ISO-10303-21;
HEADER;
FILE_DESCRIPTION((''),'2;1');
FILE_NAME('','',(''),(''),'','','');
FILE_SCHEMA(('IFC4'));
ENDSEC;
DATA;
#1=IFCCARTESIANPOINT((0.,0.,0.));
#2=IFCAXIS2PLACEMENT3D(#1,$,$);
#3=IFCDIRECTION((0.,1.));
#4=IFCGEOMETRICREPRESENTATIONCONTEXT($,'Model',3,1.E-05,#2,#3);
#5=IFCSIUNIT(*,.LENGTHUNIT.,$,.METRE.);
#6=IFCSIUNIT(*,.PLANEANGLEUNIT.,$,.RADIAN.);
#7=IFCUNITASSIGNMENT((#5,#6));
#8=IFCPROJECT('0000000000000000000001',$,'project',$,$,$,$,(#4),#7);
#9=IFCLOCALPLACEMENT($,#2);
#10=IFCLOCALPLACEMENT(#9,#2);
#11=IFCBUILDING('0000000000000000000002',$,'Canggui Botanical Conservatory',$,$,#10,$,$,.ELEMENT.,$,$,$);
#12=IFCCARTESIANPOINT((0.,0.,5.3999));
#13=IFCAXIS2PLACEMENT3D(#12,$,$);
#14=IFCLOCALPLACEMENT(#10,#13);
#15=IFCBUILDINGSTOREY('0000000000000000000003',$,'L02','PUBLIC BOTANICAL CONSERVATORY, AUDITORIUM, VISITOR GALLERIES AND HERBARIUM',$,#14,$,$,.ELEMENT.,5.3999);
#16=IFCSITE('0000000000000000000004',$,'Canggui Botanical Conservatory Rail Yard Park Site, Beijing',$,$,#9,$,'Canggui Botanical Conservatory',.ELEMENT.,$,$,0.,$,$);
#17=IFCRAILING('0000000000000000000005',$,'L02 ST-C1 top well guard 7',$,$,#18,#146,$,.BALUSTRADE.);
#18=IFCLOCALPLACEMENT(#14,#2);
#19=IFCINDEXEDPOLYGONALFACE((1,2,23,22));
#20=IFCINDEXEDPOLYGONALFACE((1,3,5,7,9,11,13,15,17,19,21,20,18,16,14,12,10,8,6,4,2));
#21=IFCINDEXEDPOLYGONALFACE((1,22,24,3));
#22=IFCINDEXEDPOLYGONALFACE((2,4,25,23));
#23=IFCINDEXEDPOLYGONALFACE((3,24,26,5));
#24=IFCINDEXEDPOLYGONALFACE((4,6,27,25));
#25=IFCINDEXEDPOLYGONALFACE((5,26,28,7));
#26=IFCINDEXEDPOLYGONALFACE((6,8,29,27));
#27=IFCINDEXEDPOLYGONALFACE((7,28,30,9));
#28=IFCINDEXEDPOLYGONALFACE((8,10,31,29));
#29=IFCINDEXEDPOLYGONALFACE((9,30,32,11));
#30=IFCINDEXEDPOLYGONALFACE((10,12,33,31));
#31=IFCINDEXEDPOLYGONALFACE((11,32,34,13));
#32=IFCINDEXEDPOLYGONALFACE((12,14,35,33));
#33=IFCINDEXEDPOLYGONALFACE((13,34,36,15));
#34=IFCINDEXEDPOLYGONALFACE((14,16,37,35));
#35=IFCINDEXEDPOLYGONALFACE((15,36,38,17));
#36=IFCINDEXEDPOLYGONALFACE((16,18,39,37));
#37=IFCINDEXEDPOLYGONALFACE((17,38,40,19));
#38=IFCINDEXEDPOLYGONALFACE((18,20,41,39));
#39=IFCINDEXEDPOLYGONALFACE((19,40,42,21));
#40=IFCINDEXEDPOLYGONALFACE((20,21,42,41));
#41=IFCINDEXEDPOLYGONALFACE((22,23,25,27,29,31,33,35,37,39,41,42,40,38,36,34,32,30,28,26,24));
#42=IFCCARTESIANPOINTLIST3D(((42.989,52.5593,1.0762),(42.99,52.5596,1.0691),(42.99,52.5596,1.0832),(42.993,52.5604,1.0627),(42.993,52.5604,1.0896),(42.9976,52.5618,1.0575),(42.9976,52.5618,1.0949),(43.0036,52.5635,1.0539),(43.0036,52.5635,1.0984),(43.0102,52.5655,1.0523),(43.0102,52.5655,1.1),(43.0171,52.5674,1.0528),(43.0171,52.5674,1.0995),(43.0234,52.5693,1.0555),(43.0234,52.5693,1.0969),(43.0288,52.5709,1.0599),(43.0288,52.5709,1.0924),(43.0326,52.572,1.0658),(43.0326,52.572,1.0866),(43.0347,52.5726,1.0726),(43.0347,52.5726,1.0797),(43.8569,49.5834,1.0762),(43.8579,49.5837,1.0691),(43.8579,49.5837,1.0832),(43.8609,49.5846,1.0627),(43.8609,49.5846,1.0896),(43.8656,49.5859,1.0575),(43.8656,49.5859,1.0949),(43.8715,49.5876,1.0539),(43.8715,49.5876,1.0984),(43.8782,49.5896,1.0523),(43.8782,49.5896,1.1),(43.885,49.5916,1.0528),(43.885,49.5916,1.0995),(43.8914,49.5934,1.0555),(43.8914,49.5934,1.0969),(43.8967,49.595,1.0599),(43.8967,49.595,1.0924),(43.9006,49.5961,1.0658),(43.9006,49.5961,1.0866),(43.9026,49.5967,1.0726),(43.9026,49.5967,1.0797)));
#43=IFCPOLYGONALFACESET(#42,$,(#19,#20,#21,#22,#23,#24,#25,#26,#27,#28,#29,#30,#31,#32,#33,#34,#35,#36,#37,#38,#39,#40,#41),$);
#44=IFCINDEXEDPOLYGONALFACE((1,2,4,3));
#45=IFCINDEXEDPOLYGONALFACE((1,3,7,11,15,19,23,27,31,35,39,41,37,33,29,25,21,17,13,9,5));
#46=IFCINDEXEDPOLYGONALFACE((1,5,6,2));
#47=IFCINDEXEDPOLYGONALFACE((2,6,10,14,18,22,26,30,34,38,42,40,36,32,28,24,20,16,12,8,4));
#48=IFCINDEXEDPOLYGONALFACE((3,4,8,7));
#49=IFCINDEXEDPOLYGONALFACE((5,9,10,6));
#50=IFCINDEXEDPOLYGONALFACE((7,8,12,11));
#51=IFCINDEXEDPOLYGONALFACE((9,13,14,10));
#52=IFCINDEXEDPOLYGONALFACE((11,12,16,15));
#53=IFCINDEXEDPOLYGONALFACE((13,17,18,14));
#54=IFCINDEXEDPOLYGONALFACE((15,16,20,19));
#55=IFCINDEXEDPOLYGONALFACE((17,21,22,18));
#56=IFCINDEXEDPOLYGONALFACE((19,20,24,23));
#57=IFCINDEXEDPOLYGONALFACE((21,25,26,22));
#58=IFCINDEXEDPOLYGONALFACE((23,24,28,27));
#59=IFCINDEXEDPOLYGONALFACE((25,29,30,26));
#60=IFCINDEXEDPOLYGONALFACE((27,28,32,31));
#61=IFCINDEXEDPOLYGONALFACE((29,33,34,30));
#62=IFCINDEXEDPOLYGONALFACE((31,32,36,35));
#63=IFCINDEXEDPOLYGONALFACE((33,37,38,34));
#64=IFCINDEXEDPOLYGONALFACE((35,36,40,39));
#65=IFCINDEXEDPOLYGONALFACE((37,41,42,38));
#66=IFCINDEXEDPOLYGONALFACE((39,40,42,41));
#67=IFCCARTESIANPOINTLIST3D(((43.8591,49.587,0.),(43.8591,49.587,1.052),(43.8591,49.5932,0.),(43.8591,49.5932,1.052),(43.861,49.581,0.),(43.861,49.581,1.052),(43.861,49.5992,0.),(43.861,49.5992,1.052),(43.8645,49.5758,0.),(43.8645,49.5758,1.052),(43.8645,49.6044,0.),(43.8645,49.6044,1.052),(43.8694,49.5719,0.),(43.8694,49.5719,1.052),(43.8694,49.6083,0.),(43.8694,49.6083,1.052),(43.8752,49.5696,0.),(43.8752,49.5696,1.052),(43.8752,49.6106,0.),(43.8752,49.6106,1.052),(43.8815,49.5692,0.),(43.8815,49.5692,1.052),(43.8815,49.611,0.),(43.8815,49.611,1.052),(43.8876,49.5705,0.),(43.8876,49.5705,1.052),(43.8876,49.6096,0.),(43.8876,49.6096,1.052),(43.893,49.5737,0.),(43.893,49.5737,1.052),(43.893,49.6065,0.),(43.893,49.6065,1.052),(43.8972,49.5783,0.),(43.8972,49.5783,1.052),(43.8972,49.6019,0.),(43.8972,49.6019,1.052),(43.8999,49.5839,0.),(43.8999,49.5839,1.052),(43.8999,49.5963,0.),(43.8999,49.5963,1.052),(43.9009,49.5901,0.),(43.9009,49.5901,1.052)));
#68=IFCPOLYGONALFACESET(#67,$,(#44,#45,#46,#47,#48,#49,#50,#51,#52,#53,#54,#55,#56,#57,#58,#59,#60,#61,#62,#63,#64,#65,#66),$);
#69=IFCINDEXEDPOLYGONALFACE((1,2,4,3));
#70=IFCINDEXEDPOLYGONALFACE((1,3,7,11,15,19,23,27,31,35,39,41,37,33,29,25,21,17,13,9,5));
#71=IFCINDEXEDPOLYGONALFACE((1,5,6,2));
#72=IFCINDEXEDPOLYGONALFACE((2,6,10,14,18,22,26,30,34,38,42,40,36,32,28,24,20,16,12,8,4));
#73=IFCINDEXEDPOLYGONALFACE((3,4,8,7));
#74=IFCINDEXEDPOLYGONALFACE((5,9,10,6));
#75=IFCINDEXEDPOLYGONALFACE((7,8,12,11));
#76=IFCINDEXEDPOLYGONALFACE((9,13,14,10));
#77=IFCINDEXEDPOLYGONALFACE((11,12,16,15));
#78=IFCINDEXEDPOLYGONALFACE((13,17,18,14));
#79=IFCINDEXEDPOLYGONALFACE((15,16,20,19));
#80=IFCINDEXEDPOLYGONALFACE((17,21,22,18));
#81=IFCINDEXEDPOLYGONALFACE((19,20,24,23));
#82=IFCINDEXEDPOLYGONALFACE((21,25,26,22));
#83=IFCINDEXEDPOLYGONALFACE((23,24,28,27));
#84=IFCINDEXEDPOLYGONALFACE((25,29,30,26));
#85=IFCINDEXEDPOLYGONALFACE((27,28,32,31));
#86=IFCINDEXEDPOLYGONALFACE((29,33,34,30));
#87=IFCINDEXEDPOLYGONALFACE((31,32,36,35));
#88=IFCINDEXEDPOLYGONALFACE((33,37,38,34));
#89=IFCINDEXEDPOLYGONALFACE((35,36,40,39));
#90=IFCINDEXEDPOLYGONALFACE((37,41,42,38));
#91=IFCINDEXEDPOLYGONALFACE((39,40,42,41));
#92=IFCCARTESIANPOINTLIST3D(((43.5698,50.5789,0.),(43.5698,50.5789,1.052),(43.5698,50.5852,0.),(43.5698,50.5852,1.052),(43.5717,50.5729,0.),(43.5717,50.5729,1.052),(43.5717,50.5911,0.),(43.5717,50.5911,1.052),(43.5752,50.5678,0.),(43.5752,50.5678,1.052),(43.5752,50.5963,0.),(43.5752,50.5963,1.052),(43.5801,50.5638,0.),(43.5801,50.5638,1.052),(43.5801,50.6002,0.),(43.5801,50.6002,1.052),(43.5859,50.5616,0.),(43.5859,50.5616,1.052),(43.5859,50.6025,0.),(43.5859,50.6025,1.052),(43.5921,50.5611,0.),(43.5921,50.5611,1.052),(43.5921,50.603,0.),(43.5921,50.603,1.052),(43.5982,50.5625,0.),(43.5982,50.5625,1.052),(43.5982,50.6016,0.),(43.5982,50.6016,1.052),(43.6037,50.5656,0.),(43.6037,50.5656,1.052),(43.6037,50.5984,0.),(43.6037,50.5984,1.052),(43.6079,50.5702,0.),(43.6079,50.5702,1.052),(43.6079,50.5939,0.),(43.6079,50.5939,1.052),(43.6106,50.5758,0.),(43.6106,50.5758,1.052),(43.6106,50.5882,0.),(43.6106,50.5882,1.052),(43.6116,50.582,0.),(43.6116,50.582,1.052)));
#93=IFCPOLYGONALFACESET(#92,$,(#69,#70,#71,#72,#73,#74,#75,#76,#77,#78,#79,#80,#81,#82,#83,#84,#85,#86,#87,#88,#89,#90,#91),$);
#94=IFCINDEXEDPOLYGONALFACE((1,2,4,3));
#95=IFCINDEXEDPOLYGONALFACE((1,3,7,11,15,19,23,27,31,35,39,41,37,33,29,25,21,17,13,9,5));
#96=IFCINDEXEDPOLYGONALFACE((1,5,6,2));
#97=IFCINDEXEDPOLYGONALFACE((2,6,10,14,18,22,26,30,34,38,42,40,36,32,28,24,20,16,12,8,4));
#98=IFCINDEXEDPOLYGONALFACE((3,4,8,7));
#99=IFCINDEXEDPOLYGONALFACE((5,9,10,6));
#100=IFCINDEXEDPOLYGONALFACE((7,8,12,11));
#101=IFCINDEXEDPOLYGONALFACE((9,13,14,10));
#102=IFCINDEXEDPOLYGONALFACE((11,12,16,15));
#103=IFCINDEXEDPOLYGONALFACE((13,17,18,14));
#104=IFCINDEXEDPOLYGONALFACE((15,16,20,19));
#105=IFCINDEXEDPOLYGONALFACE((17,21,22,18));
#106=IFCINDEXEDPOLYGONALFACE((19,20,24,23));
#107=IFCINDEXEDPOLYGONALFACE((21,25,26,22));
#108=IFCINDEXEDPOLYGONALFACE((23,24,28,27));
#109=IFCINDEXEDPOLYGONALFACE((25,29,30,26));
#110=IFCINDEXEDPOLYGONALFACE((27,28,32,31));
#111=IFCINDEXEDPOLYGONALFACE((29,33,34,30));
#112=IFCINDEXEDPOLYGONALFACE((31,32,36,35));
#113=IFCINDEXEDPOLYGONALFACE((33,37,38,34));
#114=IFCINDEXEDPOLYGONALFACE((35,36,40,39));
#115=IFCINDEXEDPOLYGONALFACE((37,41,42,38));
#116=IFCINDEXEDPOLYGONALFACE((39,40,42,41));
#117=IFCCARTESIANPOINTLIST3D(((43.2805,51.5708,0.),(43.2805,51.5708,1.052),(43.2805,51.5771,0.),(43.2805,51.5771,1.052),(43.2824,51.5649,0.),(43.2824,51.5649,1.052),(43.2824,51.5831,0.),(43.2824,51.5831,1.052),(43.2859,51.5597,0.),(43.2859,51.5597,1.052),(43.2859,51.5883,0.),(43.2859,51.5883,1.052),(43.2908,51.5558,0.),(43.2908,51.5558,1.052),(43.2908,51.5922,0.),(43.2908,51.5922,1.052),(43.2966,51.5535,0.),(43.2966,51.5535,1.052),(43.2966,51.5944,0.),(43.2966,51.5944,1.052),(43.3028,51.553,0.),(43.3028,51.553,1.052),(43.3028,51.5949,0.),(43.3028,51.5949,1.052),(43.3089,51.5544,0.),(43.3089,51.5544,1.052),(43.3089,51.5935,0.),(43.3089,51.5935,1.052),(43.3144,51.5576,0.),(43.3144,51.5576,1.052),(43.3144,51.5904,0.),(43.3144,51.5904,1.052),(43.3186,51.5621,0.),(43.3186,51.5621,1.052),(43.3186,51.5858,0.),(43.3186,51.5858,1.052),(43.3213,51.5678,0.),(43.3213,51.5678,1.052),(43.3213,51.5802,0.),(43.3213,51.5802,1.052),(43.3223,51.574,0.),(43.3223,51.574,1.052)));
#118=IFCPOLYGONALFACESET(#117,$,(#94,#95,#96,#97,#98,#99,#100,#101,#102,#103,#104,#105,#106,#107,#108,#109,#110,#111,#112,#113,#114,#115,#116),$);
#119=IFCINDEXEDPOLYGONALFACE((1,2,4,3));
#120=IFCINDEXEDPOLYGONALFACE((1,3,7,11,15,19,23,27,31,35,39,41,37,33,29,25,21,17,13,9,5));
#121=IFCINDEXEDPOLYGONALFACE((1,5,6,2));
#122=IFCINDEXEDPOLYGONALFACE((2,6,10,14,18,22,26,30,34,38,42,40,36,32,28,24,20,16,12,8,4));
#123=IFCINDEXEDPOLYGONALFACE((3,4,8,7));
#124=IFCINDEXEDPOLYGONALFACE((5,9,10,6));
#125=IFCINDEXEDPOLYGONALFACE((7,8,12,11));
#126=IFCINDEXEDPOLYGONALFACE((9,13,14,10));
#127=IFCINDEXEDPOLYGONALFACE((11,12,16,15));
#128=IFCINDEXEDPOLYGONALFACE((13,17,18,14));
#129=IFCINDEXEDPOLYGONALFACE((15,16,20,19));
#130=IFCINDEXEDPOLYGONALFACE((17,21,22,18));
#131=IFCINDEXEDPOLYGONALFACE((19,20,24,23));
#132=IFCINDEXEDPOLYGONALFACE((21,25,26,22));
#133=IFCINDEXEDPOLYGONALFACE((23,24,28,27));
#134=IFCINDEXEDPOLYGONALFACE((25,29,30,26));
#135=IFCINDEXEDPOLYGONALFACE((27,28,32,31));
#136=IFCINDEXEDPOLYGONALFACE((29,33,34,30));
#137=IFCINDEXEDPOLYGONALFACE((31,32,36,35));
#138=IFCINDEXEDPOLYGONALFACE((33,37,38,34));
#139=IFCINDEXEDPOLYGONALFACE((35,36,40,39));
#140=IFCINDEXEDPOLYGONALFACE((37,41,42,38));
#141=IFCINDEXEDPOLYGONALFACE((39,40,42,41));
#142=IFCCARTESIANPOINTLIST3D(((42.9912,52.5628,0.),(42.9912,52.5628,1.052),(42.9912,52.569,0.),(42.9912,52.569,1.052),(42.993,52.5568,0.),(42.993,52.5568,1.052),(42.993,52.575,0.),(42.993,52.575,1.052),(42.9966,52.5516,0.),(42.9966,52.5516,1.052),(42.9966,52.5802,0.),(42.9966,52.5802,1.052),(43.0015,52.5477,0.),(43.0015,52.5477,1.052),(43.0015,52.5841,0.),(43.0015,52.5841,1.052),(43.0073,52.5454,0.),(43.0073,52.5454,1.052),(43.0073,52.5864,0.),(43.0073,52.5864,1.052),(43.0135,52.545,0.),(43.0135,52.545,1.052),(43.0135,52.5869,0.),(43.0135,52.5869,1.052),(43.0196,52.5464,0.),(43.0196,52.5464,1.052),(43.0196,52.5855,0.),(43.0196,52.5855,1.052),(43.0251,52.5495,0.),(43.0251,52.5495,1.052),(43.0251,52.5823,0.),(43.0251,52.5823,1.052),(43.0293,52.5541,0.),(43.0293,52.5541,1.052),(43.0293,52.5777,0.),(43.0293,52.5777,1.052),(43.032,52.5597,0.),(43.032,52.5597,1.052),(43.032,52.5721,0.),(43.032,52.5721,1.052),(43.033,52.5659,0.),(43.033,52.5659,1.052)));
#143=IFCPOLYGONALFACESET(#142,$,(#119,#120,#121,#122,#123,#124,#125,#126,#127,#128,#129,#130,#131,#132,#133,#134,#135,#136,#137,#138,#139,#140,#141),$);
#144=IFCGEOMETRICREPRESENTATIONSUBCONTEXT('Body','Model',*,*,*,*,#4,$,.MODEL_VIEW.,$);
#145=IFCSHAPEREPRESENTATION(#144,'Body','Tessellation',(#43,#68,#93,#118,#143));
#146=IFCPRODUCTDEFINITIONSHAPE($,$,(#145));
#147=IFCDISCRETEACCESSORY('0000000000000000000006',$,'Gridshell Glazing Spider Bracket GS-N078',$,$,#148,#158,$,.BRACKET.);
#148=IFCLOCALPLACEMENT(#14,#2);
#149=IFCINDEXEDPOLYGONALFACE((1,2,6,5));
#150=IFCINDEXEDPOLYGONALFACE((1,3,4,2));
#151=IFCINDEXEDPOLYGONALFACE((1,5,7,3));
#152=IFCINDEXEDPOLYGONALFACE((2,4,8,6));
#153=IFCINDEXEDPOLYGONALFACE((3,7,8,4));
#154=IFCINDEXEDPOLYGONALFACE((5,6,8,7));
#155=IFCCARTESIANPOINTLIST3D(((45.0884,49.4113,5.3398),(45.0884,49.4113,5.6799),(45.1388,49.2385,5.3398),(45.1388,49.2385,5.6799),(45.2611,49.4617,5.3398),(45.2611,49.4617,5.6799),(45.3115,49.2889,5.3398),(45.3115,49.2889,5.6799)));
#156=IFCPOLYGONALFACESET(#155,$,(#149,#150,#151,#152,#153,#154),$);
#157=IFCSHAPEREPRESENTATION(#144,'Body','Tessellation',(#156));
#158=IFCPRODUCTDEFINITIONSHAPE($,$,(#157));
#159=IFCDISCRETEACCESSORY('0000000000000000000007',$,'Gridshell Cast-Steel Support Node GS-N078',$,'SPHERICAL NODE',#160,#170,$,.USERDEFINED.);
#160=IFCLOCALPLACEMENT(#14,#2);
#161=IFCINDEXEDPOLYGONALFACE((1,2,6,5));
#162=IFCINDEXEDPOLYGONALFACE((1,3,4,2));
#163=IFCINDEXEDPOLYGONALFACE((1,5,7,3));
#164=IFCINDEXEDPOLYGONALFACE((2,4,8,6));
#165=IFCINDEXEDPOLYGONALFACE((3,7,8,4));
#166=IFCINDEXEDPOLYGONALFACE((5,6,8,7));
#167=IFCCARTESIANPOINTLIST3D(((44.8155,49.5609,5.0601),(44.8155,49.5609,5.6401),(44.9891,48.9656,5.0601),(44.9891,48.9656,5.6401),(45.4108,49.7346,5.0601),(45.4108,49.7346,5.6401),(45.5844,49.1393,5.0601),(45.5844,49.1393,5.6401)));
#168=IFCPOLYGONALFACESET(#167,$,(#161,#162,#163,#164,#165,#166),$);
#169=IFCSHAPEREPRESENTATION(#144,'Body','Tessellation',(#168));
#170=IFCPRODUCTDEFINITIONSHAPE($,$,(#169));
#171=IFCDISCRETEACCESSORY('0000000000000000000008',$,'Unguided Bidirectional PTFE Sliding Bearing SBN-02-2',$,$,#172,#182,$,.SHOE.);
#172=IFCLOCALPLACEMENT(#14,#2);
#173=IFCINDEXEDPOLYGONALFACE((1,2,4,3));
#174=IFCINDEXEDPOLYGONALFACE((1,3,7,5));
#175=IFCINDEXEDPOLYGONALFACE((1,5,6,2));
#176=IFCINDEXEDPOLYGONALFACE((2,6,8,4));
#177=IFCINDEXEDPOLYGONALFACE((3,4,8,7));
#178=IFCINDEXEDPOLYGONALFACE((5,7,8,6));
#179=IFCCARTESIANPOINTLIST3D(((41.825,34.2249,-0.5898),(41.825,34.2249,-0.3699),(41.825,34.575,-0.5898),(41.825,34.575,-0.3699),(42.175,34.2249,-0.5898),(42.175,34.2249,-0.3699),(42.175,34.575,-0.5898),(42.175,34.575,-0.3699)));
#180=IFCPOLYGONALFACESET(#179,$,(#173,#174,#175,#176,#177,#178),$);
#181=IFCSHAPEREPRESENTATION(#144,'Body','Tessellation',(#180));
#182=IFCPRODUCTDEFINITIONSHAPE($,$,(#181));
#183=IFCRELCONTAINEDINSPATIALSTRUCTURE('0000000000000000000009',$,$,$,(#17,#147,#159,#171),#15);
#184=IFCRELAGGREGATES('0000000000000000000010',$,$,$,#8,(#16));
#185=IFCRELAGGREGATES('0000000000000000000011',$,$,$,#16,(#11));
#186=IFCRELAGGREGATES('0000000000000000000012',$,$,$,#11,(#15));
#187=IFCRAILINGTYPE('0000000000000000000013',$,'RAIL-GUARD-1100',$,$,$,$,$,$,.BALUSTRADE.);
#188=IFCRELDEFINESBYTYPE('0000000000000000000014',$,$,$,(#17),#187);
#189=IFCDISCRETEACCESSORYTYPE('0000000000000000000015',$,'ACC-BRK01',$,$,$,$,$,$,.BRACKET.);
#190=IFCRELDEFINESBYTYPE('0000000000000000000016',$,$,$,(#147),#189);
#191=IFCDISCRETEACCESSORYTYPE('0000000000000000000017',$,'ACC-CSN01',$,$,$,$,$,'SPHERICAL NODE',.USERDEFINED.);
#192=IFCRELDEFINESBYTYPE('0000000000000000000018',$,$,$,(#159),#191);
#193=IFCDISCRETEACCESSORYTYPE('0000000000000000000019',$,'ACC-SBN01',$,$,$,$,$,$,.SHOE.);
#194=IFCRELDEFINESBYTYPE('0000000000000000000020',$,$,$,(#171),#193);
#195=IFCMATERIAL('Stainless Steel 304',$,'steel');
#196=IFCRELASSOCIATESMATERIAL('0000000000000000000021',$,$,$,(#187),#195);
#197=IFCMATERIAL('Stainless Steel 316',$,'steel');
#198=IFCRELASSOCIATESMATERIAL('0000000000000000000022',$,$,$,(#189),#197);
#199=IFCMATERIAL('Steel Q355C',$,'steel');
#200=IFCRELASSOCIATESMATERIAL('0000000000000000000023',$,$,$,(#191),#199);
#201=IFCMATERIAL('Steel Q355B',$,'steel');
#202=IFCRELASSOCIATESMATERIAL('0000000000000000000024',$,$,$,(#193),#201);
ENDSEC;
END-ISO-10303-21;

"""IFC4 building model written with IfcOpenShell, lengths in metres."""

from ifc_helpers import new_model, si_unit, direction, frame, origin, origin_2d, place, context, subcontext, project, spatial, rectangle, circle, extrude, material, type_object, element, save


model = new_model("IFC4")

# Units and contexts
model_context = context("Model", 3, precision=1e-05, world=origin(), true_north=direction((0.0, 1.0)))
body_context = subcontext(model_context, "Body", "Model", "MODEL_VIEW")
ifc_project = project(units=[si_unit("LENGTHUNIT", "METRE"), si_unit("PLANEANGLEUNIT", "RADIAN")], contexts=[model_context])

# Site, building, storey
site_placement = place(None, origin())
site = spatial("IfcSite", under=ifc_project, at=site_placement, Name="Canggui Botanical Conservatory Rail Yard Park Site, Beijing", LongName="Canggui Botanical Conservatory", CompositionType="ELEMENT", RefElevation=0.0)
building_placement = place(site_placement, origin())
building = spatial("IfcBuilding", under=site, at=building_placement, Name="Canggui Botanical Conservatory", CompositionType="ELEMENT")
storey_placement = place(building_placement, frame((0.0, 0.0, 5.3999)))
storey = spatial("IfcBuildingStorey", under=building, at=storey_placement, Name="L02", Description="PUBLIC BOTANICAL CONSERVATORY, AUDITORIUM, VISITOR GALLERIES AND HERBARIUM", CompositionType="ELEMENT", Elevation=5.3999)

# Shared definitions
ifc_material_1 = material(Name="Steel Q355C", Category="steel")

# Railing
ifc_material_2 = material(Name="Stainless Steel 304", Category="steel")
railing_type = type_object("IfcRailingType", Name="RAIL-GUARD-1100", PredefinedType="BALUSTRADE", material=ifc_material_2)
railing_1_placement = place(storey_placement, frame((43.8799, 49.5901, 0.0)))
element("IfcRailing", 1, at=railing_1_placement, inside=storey, type_object=railing_type, Name="L02 ST-C1 top well guard 7", PredefinedType="BALUSTRADE", context=body_context, shape_type="SweptSolid", body=[
    extrude(circle(Radius=0.0239, at=origin_2d()), frame((0.0, 0.0, 1.0762), z_axis=(-0.279991, 0.960003, 0.0), x_axis=(-0.960003, -0.279991, 0.0)), (0.0, 0.0, 1.0), 3.0999),
    extrude(circle(Radius=0.021, at=origin_2d()), origin(), (0.0, 0.0, 1.0), 1.052),
    extrude(circle(Radius=0.021, at=origin_2d()), frame((-0.2893, 0.9919, 0.0)), (0.0, 0.0, 1.0), 1.052),
    extrude(circle(Radius=0.021, at=origin_2d()), frame((-0.5786, 1.9839, 0.0)), (0.0, 0.0, 1.0), 1.052),
    extrude(circle(Radius=0.021, at=origin_2d()), frame((-0.8679, 2.9758, 0.0)), (0.0, 0.0, 1.0), 1.052),
])

# Discrete accessories
ifc_material_3 = material(Name="Stainless Steel 316", Category="steel")
discrete_accessory_type_1 = type_object("IfcDiscreteAccessoryType", Name="ACC-BRK01", PredefinedType="BRACKET", material=ifc_material_3)
discrete_accessory_1_placement = place(storey_placement, frame((45.2, 49.3501, 5.3398), z_axis=(0.0, 0.0, 1.0), x_axis=(0.96, 0.28, 0.0)))
element("IfcDiscreteAccessory", 2, at=discrete_accessory_1_placement, inside=storey, type_object=discrete_accessory_type_1, Name="Gridshell Glazing Spider Bracket GS-N078", PredefinedType="BRACKET", context=body_context, shape_type="SweptSolid", body=[
    extrude(rectangle(XDim=0.1799, YDim=0.1799, at=origin_2d()), origin(), (0.0, 0.0, 1.0), 0.3401),
])
discrete_accessory_type_2 = type_object("IfcDiscreteAccessoryType", Name="ACC-CSN01", ElementType="SPHERICAL NODE", PredefinedType="USERDEFINED", material=ifc_material_1)
discrete_accessory_2_placement = place(storey_placement, frame((45.2, 49.3501, 5.0601), z_axis=(0.0, 0.0, 1.0), x_axis=(0.96, 0.28, 0.0)))
element("IfcDiscreteAccessory", 3, at=discrete_accessory_2_placement, inside=storey, type_object=discrete_accessory_type_2, Name="Gridshell Cast-Steel Support Node GS-N078", ObjectType="SPHERICAL NODE", PredefinedType="USERDEFINED", context=body_context, shape_type="SweptSolid", body=[
    extrude(rectangle(XDim=0.6201, YDim=0.6201, at=origin_2d()), origin(), (0.0, 0.0, 1.0), 0.5801),
])
ifc_material_4 = material(Name="Steel Q355B", Category="steel")
discrete_accessory_type_3 = type_object("IfcDiscreteAccessoryType", Name="ACC-SBN01", PredefinedType="SHOE", material=ifc_material_4)
discrete_accessory_3_placement = place(storey_placement, frame((42.0, 34.3999, -0.5898), z_axis=(0.0, 0.0, 1.0), x_axis=(1.0, 0.0, 0.0)))
element("IfcDiscreteAccessory", 4, at=discrete_accessory_3_placement, inside=storey, type_object=discrete_accessory_type_3, Name="Unguided Bidirectional PTFE Sliding Bearing SBN-02-2", PredefinedType="SHOE", context=body_context, shape_type="SweptSolid", body=[
    extrude(rectangle(XDim=0.3501, YDim=0.3501, at=origin_2d()), origin(), (0.0, 0.0, 1.0), 0.22),
])

save(model, "model.ifc")
